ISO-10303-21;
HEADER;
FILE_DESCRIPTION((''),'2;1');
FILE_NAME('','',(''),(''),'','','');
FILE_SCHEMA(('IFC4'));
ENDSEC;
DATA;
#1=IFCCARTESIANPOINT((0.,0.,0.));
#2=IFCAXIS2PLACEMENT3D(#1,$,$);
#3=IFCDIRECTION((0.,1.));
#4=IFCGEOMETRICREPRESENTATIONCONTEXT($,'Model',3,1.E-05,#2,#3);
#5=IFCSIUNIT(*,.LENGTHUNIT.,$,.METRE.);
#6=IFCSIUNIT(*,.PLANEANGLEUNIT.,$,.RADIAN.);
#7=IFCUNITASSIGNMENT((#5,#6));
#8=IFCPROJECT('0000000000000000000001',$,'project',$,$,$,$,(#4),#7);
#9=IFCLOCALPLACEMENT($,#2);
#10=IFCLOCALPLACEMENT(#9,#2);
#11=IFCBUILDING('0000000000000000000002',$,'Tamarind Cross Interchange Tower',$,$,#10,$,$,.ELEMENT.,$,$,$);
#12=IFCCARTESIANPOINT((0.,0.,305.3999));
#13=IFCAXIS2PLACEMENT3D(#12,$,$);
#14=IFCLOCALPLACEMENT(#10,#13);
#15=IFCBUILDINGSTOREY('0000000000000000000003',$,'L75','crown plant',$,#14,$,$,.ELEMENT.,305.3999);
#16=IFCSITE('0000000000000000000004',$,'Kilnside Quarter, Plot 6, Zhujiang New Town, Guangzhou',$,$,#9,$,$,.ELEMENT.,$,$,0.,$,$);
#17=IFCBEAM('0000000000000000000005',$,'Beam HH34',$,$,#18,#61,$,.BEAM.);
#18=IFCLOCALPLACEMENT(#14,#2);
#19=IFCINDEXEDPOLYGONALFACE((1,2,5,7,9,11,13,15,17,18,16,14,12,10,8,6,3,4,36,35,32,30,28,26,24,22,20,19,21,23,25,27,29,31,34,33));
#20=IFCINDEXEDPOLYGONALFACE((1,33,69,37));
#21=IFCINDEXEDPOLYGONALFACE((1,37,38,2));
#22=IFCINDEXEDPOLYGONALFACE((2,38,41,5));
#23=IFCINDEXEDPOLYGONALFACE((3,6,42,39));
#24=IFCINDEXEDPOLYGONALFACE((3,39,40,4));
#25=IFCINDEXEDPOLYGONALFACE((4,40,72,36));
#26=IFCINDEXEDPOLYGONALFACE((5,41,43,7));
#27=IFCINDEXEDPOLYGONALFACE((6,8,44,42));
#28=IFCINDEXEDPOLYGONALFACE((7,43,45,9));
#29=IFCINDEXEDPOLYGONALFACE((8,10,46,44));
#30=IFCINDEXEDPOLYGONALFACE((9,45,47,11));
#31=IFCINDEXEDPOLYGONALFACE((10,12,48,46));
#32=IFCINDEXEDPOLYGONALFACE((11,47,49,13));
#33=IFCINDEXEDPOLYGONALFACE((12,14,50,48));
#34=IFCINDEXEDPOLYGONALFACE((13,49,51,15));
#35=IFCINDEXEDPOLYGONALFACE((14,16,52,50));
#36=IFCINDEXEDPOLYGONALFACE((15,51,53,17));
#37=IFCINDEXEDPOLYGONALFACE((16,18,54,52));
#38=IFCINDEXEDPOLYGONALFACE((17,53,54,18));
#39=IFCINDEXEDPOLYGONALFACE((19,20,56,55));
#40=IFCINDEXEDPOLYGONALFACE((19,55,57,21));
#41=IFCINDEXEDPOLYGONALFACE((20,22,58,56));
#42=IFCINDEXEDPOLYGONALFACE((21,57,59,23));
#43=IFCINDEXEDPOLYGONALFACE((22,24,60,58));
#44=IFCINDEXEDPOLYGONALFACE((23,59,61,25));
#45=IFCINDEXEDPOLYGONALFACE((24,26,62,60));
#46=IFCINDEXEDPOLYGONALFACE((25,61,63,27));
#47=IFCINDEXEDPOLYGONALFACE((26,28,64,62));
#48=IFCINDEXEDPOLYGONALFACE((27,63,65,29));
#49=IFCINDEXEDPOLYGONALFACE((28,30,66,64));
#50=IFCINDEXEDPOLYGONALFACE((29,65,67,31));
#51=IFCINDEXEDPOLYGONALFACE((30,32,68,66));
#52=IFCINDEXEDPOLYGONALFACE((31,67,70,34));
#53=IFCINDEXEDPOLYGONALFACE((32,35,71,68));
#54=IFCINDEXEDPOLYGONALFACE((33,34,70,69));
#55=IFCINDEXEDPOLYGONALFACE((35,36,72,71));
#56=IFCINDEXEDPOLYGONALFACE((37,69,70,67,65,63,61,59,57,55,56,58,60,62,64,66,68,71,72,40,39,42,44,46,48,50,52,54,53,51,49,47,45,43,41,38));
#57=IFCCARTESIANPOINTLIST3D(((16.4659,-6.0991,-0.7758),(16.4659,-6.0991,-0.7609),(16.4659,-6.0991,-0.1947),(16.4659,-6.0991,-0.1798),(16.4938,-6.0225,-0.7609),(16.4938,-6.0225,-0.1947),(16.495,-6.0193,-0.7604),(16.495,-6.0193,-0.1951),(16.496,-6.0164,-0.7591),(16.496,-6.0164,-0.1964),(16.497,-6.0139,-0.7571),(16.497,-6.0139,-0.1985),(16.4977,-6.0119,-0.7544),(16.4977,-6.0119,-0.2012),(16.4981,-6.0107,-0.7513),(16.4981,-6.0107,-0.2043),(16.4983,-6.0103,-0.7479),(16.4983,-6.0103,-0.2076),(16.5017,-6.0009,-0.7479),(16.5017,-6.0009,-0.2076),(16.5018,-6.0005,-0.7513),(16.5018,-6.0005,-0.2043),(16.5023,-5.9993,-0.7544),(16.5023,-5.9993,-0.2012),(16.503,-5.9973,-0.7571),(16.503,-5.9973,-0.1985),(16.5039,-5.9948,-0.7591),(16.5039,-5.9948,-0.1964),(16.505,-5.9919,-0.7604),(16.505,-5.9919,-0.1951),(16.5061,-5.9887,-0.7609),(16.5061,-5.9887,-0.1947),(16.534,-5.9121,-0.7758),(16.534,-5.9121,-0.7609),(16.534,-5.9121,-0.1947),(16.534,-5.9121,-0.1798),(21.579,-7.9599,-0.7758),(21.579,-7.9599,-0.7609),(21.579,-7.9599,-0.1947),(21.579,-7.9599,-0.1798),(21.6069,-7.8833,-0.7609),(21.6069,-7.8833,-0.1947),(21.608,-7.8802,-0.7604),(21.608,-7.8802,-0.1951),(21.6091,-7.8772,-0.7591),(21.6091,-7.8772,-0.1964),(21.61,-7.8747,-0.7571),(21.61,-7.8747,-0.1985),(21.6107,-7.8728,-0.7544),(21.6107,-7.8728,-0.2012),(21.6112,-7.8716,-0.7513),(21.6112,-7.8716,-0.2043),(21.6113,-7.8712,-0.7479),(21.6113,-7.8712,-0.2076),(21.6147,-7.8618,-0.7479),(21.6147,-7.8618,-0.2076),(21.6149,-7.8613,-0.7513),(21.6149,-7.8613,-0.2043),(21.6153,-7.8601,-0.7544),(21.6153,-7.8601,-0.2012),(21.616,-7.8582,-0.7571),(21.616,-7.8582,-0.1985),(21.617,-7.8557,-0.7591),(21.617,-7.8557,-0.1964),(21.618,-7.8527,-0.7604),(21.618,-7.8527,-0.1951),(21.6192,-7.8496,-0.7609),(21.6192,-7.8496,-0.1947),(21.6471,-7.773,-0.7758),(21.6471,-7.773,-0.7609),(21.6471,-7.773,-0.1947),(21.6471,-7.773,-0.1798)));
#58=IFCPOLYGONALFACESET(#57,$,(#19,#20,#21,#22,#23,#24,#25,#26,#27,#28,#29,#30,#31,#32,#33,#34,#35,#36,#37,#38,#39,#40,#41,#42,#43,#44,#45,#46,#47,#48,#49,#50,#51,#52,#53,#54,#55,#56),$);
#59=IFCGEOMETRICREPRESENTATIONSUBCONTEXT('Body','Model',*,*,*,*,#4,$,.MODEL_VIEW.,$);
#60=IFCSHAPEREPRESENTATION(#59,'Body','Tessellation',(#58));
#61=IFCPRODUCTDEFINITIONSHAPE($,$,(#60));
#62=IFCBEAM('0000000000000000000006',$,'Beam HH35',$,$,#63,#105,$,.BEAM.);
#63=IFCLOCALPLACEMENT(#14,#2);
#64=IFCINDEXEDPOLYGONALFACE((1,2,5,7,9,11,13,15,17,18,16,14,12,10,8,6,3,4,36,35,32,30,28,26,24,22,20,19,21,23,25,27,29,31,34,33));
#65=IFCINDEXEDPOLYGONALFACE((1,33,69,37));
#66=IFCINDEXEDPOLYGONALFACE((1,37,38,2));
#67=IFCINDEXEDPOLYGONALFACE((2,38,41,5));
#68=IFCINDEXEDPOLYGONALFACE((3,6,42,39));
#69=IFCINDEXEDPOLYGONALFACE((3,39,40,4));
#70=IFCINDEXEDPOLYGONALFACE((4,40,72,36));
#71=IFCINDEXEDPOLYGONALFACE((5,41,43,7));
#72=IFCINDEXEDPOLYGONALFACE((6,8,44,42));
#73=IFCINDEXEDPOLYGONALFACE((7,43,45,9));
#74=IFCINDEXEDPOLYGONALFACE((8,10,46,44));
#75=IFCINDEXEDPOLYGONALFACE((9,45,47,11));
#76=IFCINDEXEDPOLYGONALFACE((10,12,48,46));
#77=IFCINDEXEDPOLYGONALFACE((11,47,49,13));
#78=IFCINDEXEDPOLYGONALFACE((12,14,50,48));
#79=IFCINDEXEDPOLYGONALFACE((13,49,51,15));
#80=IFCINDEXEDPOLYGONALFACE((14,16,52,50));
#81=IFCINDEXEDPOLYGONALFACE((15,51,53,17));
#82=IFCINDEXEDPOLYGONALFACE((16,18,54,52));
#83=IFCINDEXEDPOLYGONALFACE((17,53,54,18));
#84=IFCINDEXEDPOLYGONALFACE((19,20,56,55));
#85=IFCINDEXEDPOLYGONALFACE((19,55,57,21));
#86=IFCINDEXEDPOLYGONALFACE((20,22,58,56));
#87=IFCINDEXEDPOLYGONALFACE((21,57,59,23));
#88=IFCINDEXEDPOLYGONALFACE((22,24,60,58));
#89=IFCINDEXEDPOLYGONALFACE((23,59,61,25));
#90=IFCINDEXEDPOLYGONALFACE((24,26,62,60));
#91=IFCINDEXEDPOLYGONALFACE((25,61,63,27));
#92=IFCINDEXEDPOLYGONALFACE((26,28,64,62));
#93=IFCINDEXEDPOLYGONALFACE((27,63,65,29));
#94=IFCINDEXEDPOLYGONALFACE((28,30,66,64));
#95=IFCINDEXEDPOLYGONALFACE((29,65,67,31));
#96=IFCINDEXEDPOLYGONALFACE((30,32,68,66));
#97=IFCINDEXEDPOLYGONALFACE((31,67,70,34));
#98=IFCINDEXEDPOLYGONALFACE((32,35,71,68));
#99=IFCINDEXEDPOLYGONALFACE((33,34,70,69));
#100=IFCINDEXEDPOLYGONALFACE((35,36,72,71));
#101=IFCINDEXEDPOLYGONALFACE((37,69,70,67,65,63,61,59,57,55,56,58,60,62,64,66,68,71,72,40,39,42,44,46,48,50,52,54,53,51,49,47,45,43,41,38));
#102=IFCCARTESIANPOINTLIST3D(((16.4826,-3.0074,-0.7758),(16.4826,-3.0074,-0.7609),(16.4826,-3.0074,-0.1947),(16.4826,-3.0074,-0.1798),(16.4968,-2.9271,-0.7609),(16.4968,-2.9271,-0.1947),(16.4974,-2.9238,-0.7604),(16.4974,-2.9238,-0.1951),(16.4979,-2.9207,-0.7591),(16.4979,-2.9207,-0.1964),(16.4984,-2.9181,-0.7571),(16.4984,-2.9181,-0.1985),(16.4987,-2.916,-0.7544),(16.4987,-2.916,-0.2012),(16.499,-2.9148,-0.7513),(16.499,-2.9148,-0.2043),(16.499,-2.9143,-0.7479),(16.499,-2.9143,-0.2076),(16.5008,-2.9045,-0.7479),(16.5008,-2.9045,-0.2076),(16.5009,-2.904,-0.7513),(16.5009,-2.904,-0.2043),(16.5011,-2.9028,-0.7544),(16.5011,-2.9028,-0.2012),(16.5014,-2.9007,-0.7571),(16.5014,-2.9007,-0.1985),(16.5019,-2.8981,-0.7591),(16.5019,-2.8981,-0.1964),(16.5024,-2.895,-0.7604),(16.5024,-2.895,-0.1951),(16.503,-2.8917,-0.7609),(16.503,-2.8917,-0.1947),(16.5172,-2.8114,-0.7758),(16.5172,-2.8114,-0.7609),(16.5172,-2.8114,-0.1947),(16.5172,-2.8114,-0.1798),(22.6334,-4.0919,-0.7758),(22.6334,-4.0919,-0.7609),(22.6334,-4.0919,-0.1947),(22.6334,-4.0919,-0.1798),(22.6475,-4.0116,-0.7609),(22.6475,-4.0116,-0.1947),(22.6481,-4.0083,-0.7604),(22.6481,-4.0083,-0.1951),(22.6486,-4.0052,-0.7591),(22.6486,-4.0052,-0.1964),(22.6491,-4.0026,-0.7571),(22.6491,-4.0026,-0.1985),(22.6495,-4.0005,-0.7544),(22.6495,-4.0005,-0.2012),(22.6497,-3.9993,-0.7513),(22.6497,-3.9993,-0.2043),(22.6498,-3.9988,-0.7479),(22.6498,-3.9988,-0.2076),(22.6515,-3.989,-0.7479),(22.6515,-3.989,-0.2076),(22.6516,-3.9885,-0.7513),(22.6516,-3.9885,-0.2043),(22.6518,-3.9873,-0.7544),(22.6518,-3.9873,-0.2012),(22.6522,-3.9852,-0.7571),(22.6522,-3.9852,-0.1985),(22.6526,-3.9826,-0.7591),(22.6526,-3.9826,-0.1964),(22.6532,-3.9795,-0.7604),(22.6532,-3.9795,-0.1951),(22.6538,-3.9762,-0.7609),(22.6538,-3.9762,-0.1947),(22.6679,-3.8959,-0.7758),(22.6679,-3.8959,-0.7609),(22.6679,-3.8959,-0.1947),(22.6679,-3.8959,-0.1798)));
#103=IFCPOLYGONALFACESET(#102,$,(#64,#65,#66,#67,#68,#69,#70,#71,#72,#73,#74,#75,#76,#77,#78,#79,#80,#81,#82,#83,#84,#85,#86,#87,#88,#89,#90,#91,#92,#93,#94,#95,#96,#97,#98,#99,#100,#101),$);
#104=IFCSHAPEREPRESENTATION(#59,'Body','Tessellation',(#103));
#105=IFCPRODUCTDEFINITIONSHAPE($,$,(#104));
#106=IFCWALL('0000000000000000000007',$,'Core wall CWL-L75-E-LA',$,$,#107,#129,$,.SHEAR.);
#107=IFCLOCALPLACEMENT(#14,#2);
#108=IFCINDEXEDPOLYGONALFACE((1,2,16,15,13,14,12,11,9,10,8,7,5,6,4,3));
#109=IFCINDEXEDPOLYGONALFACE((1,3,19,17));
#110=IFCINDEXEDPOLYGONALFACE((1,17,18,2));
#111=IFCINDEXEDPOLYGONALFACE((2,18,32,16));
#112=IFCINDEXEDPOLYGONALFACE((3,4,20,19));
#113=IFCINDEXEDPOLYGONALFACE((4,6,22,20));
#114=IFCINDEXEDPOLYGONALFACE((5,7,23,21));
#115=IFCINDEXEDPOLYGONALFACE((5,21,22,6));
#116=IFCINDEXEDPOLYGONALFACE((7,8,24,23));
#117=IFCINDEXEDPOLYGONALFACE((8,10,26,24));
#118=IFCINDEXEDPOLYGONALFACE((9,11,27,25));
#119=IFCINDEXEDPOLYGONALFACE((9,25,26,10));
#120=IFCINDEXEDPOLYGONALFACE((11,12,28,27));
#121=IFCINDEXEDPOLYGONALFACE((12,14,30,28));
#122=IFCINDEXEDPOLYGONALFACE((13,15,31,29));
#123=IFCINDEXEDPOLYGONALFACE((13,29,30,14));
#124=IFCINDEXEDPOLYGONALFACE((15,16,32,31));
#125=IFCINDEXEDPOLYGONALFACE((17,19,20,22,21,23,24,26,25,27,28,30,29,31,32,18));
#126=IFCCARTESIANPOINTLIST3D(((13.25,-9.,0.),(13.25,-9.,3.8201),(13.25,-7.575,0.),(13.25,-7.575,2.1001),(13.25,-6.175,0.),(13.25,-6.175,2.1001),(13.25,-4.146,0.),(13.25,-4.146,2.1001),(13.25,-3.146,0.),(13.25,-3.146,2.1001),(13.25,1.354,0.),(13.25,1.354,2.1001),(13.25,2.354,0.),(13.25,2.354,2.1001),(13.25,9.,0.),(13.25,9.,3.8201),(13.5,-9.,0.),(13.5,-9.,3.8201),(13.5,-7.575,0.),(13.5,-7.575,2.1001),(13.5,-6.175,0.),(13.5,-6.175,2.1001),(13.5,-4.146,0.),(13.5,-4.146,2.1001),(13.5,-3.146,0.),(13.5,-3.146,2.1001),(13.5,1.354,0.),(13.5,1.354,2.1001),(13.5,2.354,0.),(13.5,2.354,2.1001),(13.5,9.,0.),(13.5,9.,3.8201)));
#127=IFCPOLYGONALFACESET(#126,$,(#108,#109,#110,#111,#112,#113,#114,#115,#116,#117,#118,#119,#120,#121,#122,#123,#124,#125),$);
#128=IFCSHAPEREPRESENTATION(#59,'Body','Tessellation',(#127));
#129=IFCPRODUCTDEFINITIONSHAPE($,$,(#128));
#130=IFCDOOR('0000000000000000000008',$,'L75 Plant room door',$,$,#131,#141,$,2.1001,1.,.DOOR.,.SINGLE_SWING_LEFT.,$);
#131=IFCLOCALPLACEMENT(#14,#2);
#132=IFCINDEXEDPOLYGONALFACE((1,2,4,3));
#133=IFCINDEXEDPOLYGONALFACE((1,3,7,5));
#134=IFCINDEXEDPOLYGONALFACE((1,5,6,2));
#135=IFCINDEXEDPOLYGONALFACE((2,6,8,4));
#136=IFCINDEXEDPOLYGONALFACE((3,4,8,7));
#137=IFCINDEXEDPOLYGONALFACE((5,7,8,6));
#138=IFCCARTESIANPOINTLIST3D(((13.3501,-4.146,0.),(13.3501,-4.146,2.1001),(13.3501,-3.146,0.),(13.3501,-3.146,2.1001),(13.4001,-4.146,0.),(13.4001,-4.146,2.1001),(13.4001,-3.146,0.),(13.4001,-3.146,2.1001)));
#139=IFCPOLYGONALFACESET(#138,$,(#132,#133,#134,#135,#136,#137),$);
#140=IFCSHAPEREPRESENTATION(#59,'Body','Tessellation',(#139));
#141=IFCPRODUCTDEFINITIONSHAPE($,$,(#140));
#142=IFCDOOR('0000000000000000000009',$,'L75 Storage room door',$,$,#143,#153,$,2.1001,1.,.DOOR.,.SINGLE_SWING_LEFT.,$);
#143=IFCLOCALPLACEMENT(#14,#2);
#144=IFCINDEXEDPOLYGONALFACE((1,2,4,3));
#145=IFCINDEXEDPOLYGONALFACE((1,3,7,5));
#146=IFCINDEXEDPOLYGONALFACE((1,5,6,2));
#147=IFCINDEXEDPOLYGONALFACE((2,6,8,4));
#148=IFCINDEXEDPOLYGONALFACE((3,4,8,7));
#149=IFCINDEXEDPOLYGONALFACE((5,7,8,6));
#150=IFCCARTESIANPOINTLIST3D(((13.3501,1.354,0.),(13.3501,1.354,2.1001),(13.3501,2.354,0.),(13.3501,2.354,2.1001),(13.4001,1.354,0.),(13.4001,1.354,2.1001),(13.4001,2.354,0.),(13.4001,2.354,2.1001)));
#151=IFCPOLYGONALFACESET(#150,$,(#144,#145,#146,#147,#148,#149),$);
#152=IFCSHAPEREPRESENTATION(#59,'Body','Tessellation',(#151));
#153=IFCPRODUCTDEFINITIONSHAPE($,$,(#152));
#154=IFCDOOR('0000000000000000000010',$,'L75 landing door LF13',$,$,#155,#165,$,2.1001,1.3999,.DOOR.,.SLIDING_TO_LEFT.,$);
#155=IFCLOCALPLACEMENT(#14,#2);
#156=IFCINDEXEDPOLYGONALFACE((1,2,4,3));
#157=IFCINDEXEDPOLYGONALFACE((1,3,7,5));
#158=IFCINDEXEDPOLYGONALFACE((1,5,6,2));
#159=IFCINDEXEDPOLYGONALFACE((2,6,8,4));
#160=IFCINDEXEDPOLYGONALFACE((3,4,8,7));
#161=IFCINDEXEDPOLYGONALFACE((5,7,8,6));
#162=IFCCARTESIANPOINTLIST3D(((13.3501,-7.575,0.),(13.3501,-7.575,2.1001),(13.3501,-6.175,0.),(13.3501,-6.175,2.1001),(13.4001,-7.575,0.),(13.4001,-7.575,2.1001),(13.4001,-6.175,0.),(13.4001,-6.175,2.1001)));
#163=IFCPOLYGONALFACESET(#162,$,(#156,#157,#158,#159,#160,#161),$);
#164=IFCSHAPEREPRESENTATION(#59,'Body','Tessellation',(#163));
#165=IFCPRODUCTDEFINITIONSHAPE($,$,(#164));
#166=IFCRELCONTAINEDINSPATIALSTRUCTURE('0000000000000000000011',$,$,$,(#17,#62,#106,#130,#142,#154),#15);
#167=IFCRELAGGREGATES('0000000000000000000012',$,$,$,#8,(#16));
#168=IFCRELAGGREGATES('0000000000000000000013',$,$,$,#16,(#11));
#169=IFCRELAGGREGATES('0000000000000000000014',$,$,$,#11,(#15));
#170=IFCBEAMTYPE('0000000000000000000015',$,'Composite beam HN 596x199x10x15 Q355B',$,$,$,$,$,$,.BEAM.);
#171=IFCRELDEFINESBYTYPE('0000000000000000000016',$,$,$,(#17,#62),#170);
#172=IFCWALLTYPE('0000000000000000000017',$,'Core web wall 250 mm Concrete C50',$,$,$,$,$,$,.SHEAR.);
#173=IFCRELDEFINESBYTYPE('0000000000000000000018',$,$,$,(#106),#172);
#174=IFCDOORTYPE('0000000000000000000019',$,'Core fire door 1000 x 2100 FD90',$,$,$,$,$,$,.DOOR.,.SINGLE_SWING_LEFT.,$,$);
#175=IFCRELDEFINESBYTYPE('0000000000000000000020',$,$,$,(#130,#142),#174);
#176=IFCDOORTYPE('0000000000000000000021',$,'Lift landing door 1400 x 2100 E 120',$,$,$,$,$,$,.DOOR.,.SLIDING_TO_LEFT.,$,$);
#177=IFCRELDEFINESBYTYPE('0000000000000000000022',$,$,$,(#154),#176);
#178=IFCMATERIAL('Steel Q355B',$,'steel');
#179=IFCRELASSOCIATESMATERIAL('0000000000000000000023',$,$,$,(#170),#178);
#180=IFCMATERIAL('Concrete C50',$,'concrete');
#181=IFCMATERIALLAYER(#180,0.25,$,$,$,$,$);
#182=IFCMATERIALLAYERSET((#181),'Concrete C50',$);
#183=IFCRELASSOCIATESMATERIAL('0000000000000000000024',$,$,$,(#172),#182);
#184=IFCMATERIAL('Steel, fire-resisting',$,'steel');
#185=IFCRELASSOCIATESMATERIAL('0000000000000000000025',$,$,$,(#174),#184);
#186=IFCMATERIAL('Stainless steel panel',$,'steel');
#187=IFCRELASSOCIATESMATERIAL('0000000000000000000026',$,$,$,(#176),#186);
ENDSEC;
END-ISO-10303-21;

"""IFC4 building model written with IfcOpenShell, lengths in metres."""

from ifc_helpers import new_model, si_unit, direction, frame, frame_2d, origin, origin_2d, place, context, subcontext, project, spatial, rectangle, i_section, extrude, material, layer, layer_set, material_profile, profile_set, type_object, element, fill, save


model = new_model("IFC4")

# Units and contexts
model_context = context("Model", 3, precision=1e-05, world=origin(), true_north=direction((0.0, 1.0)))
body_context = subcontext(model_context, "Body", "Model", "MODEL_VIEW")
ifc_project = project(units=[si_unit("LENGTHUNIT", "METRE"), si_unit("PLANEANGLEUNIT", "RADIAN")], contexts=[model_context])

# Site, building, storey
site_placement = place(None, origin())
site = spatial("IfcSite", under=ifc_project, at=site_placement, Name="Kilnside Quarter, Plot 6, Zhujiang New Town, Guangzhou", CompositionType="ELEMENT", RefElevation=0.0)
building_placement = place(site_placement, origin())
building = spatial("IfcBuilding", under=site, at=building_placement, Name="Tamarind Cross Interchange Tower", CompositionType="ELEMENT")
storey_placement = place(building_placement, frame((0.0, 0.0, 305.3999)))
storey = spatial("IfcBuildingStorey", under=building, at=storey_placement, Name="L75", Description="crown plant", CompositionType="ELEMENT", Elevation=305.3999)

# Beams
ifc_material_1 = material(Name="Steel Q355B", Category="steel")
ifc_material_profile_1 = material_profile(ifc_material_1, i_section(OverallWidth=0.199, OverallDepth=0.5959, WebThickness=0.01, FlangeThickness=0.0149, FilletRadius=0.0129, at=origin_2d()), Name="HN 596x199x10x15")
ifc_profile_set_1 = profile_set([ifc_material_profile_1], Name="Steel Q355B")
beam_type = type_object("IfcBeamType", Name="Composite beam HN 596x199x10x15 Q355B", PredefinedType="BEAM", material=ifc_profile_set_1)
beam_1_placement = place(storey_placement, frame((21.613, -7.8665, -0.4778), z_axis=(-0.939702, 0.341995, 0.0), x_axis=(-0.341995, -0.939702, 0.0)))
element("IfcBeam", 1, at=beam_1_placement, inside=storey, type_object=beam_type, Name="Beam HH34", PredefinedType="BEAM", context=body_context, shape_type="SweptSolid", body=[
    extrude(i_section(OverallWidth=0.199, OverallDepth=0.5959, WebThickness=0.01, FlangeThickness=0.0149, FilletRadius=0.0129, at=origin_2d()), origin(), (0.0, 0.0, 1.0), 5.4412),
])
beam_2_placement = place(storey_placement, frame((22.6506, -3.9939, -0.4778), z_axis=(-0.984809, 0.17364, 0.0), x_axis=(-0.17364, -0.984809, 0.0)))
element("IfcBeam", 2, at=beam_2_placement, inside=storey, type_object=beam_type, Name="Beam HH35", PredefinedType="BEAM", context=body_context, shape_type="SweptSolid", body=[
    extrude(i_section(OverallWidth=0.199, OverallDepth=0.5959, WebThickness=0.01, FlangeThickness=0.0149, FilletRadius=0.0129, at=origin_2d()), origin(), (0.0, 0.0, 1.0), 6.2456),
])

# Wall, openings, doors
ifc_material_2 = material(Name="Concrete C50", Category="concrete")
ifc_layer_1 = layer(ifc_material_2, 0.25)
ifc_layer_set_1 = layer_set([ifc_layer_1], Name="Concrete C50")
wall_type_1 = type_object("IfcWallType", Name="Core web wall 250 mm Concrete C50", PredefinedType="SHEAR", material=ifc_layer_set_1)
wall_1_placement = place(storey_placement, frame((13.375, -9.0, 0.0), z_axis=(0.0, 0.0, 1.0), x_axis=(0.0, 1.0, 0.0)))
wall_1 = element("IfcWall", 3, at=wall_1_placement, inside=storey, type_object=wall_type_1, Name="Core wall CWL-L75-E-LA", PredefinedType="SHEAR", context=body_context, shape_type="SweptSolid", body=[
    extrude(rectangle(XDim=18.0, YDim=0.25, at=frame_2d((9.0, 0.0))), origin(), (0.0, 0.0, 1.0), 3.8201),
])
opening_1_placement = place(wall_1_placement, frame((1.425, 0.0, 0.0)))
opening_1 = element("IfcOpeningElement", 4, at=opening_1_placement, cuts=wall_1, PredefinedType="OPENING", context=body_context, shape_type="SweptSolid", body=[
    extrude(rectangle(XDim=1.3999, YDim=2.1001, at=frame_2d((0.7, 1.05))), frame((0.0, 0.135, 0.0), z_axis=(0.0, -1.0, 0.0), x_axis=(1.0, 0.0, 0.0)), (0.0, 0.0, 1.0), 0.27),
])
opening_2_placement = place(wall_1_placement, frame((4.854, 0.0, 0.0)))
opening_2 = element("IfcOpeningElement", 5, at=opening_2_placement, cuts=wall_1, PredefinedType="OPENING", context=body_context, shape_type="SweptSolid", body=[
    extrude(rectangle(XDim=1.0, YDim=2.1001, at=frame_2d((0.5, 1.05))), frame((0.0, 0.135, 0.0), z_axis=(0.0, -1.0, 0.0), x_axis=(1.0, 0.0, 0.0)), (0.0, 0.0, 1.0), 0.27),
])
opening_3_placement = place(wall_1_placement, frame((10.354, 0.0, 0.0)))
opening_3 = element("IfcOpeningElement", 6, at=opening_3_placement, cuts=wall_1, PredefinedType="OPENING", context=body_context, shape_type="SweptSolid", body=[
    extrude(rectangle(XDim=1.0, YDim=2.1001, at=frame_2d((0.5, 1.05))), frame((0.0, 0.135, 0.0), z_axis=(0.0, -1.0, 0.0), x_axis=(1.0, 0.0, 0.0)), (0.0, 0.0, 1.0), 0.27),
])
ifc_material_3 = material(Name="Steel, fire-resisting", Category="steel")
door_type_1 = type_object("IfcDoorType", Name="Core fire door 1000 x 2100 FD90", OperationType="SINGLE_SWING_LEFT", PredefinedType="DOOR", material=ifc_material_3)
door_1_placement = place(opening_2_placement, origin())
door_1 = element("IfcDoor", 7, at=door_1_placement, inside=storey, type_object=door_type_1, Name="L75 Plant room door", OperationType="SINGLE_SWING_LEFT", OverallHeight=2.1001, OverallWidth=1.0, PredefinedType="DOOR", context=body_context, shape_type="SweptSolid", body=[
    extrude(rectangle(XDim=1.0, YDim=2.1001, at=frame_2d((0.5, 1.05))), frame((0.0, 0.0249, 0.0), z_axis=(0.0, -1.0, 0.0), x_axis=(1.0, 0.0, 0.0)), (0.0, 0.0, 1.0), 0.05),
])
fill(opening_2, door_1)
door_2_placement = place(opening_3_placement, origin())
door_2 = element("IfcDoor", 8, at=door_2_placement, inside=storey, type_object=door_type_1, Name="L75 Storage room door", OperationType="SINGLE_SWING_LEFT", OverallHeight=2.1001, OverallWidth=1.0, PredefinedType="DOOR", context=body_context, shape_type="SweptSolid", body=[
    extrude(rectangle(XDim=1.0, YDim=2.1001, at=frame_2d((0.5, 1.05))), frame((0.0, 0.0249, 0.0), z_axis=(0.0, -1.0, 0.0), x_axis=(1.0, 0.0, 0.0)), (0.0, 0.0, 1.0), 0.05),
])
fill(opening_3, door_2)
ifc_material_4 = material(Name="Stainless steel panel", Category="steel")
door_type_2 = type_object("IfcDoorType", Name="Lift landing door 1400 x 2100 E 120", OperationType="SLIDING_TO_LEFT", PredefinedType="DOOR", material=ifc_material_4)
door_3_placement = place(opening_1_placement, origin())
door_3 = element("IfcDoor", 9, at=door_3_placement, inside=storey, type_object=door_type_2, Name="L75 landing door LF13", OperationType="SLIDING_TO_LEFT", OverallHeight=2.1001, OverallWidth=1.3999, PredefinedType="DOOR", context=body_context, shape_type="SweptSolid", body=[
    extrude(rectangle(XDim=1.3999, YDim=2.1001, at=frame_2d((0.7, 1.05))), frame((0.0, 0.0249, 0.0), z_axis=(0.0, -1.0, 0.0), x_axis=(1.0, 0.0, 0.0)), (0.0, 0.0, 1.0), 0.05),
])
fill(opening_1, door_3)

save(model, "model.ifc")
